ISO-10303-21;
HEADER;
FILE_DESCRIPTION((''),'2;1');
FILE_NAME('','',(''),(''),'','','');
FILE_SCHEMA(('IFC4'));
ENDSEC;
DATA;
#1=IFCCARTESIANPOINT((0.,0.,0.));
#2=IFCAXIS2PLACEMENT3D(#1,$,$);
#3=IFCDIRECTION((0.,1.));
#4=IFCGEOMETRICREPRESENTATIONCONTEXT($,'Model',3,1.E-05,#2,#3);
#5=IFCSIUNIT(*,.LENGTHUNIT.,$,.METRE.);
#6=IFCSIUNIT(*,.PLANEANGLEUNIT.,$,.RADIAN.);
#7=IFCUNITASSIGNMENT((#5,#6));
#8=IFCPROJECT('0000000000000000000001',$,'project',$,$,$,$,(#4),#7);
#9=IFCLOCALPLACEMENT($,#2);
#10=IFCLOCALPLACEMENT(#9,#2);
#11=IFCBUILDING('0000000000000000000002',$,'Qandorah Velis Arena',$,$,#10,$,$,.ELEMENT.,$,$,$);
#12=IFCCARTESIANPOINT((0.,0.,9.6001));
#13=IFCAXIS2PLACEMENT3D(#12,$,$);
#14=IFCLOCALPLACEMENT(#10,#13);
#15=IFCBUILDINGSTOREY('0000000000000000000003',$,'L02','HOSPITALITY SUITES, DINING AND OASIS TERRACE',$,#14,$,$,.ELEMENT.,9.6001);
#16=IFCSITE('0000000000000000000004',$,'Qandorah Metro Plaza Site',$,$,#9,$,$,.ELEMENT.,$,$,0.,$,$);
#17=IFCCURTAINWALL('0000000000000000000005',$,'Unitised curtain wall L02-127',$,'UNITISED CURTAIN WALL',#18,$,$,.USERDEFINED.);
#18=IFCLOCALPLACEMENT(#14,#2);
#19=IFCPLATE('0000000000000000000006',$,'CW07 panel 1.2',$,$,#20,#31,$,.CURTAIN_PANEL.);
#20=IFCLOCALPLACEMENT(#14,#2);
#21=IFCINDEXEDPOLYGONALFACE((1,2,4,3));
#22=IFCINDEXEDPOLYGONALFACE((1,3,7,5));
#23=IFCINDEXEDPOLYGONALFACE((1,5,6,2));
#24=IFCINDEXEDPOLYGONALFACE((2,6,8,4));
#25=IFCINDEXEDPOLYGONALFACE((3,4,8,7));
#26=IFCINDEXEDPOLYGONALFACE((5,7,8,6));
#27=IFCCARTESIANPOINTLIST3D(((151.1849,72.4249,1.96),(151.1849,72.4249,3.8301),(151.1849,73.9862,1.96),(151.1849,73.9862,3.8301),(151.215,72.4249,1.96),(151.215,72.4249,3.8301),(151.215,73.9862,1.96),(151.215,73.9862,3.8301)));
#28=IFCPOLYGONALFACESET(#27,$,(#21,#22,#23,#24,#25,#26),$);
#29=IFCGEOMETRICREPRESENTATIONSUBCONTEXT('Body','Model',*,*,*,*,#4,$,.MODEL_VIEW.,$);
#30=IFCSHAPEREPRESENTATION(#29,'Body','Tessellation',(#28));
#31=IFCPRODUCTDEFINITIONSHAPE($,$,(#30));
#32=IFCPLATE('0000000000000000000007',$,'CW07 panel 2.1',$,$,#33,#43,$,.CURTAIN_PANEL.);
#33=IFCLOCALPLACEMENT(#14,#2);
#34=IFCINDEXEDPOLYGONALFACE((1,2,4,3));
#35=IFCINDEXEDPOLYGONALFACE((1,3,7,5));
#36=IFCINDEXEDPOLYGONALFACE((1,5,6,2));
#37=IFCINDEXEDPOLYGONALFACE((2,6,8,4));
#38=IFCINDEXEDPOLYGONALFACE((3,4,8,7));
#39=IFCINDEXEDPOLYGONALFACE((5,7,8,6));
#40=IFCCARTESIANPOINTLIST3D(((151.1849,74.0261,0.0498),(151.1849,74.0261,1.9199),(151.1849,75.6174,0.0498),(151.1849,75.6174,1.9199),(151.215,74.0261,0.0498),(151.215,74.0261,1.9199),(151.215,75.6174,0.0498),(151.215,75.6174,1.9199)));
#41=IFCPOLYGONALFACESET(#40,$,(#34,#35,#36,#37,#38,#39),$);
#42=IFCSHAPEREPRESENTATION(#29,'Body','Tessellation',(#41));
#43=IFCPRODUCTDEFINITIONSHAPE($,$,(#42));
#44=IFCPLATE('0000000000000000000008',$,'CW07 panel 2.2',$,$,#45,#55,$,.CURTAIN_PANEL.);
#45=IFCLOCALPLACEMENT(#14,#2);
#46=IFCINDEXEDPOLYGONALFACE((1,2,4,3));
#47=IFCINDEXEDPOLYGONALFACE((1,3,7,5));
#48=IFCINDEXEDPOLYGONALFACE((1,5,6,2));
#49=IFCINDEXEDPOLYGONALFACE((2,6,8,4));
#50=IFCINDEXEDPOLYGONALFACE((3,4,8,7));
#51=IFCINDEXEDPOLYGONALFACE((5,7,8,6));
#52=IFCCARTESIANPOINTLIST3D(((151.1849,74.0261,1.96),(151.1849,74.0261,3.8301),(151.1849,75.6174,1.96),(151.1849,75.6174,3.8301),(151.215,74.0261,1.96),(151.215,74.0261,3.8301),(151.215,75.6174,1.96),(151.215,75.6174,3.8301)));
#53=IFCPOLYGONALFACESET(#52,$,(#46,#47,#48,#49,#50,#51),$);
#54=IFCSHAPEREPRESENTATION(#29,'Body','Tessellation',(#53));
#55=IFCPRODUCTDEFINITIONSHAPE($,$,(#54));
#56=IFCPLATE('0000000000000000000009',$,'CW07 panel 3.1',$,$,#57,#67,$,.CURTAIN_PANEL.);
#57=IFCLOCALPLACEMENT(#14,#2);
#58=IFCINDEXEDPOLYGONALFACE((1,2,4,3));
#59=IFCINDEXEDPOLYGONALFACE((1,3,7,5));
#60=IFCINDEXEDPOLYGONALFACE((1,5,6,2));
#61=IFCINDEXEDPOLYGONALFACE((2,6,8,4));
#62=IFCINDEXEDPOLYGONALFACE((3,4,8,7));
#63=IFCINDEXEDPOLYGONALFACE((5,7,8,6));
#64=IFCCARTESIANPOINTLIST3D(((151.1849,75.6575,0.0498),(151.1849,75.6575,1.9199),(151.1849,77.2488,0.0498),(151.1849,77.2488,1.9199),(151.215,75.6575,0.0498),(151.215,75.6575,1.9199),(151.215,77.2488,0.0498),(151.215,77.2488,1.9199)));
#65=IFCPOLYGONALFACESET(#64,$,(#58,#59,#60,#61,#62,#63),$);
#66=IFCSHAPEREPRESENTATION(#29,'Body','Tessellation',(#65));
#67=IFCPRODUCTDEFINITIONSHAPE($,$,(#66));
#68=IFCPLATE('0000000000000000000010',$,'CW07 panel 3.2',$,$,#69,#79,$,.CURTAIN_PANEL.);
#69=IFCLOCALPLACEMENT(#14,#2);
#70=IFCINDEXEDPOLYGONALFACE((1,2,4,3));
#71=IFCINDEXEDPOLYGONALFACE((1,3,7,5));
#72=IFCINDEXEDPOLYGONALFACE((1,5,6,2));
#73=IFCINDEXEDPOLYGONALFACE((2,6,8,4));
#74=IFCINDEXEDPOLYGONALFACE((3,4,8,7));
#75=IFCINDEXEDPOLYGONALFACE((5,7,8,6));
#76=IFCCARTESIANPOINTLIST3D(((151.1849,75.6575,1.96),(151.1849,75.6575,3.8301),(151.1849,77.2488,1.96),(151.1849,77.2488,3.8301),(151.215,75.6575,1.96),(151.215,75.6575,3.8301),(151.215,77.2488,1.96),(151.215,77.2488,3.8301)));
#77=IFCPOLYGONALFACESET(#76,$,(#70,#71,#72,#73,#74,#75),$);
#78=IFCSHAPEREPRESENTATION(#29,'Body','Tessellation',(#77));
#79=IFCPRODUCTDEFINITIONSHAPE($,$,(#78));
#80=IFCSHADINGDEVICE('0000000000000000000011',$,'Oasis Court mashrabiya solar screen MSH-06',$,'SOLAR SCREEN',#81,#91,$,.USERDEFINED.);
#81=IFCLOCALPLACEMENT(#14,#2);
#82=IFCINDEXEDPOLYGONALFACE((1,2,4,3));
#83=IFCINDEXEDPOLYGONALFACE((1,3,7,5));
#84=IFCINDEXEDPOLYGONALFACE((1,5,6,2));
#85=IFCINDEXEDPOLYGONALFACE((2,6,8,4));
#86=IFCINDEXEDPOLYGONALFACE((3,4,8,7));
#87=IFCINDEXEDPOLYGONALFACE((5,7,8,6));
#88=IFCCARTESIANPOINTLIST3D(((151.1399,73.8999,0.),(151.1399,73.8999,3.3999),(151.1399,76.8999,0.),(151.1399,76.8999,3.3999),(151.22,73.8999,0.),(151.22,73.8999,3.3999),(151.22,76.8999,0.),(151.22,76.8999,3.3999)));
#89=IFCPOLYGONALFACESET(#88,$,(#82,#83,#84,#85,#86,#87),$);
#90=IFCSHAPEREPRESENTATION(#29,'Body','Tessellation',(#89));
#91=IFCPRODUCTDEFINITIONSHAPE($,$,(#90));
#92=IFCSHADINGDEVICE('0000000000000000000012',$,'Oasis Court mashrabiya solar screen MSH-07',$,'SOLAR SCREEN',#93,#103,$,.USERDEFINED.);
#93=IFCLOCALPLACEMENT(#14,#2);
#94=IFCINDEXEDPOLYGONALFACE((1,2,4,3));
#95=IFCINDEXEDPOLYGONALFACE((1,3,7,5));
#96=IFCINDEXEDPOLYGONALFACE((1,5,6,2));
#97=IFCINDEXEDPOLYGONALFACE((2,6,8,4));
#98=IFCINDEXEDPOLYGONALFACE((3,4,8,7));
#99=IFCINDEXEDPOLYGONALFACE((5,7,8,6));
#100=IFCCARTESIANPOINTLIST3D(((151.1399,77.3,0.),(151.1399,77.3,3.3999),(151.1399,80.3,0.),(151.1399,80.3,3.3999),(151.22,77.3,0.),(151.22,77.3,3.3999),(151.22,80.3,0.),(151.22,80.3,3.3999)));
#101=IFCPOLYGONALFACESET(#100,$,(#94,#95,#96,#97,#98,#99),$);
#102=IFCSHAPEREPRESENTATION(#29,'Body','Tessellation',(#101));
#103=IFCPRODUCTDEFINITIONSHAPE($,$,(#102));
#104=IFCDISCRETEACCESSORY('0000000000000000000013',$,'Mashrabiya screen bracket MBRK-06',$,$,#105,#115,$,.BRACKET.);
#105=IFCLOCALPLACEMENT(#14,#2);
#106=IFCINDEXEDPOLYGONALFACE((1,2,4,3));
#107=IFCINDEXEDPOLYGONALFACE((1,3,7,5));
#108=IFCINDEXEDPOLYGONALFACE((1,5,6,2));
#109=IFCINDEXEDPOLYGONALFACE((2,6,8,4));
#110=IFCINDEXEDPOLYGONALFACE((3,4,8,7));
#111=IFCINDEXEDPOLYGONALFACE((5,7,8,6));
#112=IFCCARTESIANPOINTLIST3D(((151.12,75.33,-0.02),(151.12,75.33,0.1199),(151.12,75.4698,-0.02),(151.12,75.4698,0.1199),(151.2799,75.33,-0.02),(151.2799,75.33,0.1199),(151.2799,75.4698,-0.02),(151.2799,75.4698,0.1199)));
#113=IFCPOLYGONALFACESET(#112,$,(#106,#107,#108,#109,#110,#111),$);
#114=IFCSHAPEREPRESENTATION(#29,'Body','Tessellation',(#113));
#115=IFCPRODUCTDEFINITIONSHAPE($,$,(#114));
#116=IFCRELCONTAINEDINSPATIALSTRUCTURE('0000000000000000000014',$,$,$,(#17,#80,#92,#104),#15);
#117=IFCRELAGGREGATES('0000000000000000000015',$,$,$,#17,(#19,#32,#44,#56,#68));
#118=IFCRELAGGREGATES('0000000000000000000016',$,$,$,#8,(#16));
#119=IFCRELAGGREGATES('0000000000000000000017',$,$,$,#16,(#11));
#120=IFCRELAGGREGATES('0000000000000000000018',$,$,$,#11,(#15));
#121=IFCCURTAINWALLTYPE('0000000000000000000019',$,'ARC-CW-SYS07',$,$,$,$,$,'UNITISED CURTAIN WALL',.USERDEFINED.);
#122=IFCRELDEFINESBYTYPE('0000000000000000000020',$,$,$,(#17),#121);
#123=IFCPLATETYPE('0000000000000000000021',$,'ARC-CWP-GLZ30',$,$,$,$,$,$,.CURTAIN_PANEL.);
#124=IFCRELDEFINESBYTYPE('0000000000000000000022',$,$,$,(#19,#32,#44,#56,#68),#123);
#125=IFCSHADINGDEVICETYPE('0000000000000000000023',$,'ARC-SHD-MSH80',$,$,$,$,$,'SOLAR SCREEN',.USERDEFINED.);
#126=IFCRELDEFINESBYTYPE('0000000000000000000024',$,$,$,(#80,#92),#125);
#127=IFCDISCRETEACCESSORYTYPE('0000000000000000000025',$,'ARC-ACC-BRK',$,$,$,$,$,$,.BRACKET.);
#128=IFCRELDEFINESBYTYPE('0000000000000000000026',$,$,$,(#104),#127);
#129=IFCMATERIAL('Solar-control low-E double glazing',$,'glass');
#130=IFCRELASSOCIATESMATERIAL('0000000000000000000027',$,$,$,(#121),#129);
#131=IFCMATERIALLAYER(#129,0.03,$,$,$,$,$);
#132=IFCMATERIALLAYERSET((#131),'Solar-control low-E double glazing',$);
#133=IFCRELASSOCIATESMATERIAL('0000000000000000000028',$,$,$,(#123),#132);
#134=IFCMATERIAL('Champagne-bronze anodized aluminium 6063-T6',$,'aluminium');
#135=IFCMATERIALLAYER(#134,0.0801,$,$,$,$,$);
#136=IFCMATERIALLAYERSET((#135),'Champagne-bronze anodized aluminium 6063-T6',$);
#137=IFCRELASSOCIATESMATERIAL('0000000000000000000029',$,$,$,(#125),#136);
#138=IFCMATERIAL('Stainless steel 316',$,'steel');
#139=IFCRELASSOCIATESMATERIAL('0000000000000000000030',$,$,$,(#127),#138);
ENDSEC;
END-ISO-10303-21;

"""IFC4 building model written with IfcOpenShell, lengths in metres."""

from ifc_helpers import new_model, si_unit, direction, frame, origin, origin_2d, place, context, subcontext, project, spatial, rectangle, extrude, material, layer, layer_set, type_object, element, aggregate, save


model = new_model("IFC4")

# Units and contexts
model_context = context("Model", 3, precision=1e-05, world=origin(), true_north=direction((0.0, 1.0)))
body_context = subcontext(model_context, "Body", "Model", "MODEL_VIEW")
ifc_project = project(units=[si_unit("LENGTHUNIT", "METRE"), si_unit("PLANEANGLEUNIT", "RADIAN")], contexts=[model_context])

# Site, building, storey
site_placement = place(None, origin())
site = spatial("IfcSite", under=ifc_project, at=site_placement, Name="Qandorah Metro Plaza Site", CompositionType="ELEMENT", RefElevation=0.0)
building_placement = place(site_placement, origin())
building = spatial("IfcBuilding", under=site, at=building_placement, Name="Qandorah Velis Arena", CompositionType="ELEMENT")
storey_placement = place(building_placement, frame((0.0, 0.0, 9.6001)))
storey = spatial("IfcBuildingStorey", under=building, at=storey_placement, Name="L02", Description="HOSPITALITY SUITES, DINING AND OASIS TERRACE", CompositionType="ELEMENT", Elevation=9.6001)

# Curtain wall, plates
ifc_material_1 = material(Name="Solar-control low-E double glazing", Category="glass")
curtain_wall_type = type_object("IfcCurtainWallType", Name="ARC-CW-SYS07", ElementType="UNITISED CURTAIN WALL", PredefinedType="USERDEFINED", material=ifc_material_1)
curtain_wall_placement = place(storey_placement, origin())
curtain_wall = element("IfcCurtainWall", 1, at=curtain_wall_placement, inside=storey, type_object=curtain_wall_type, Name="Unitised curtain wall L02-127", ObjectType="UNITISED CURTAIN WALL", PredefinedType="USERDEFINED")
ifc_material_2 = material(Name="Champagne-bronze anodized aluminium 6063-T6", Category="aluminium")
ifc_layer_1 = layer(ifc_material_1, 0.03)
ifc_layer_set_1 = layer_set([ifc_layer_1], Name="Solar-control low-E double glazing")
plate_type = type_object("IfcPlateType", Name="ARC-CWP-GLZ30", PredefinedType="CURTAIN_PANEL", material=ifc_layer_set_1)
plate_1_placement = place(storey_placement, frame((151.2, 73.2056, 1.96), z_axis=(0.0, 0.0, 1.0), x_axis=(0.0, 1.0, 0.0)))
plate_1 = element("IfcPlate", 2, at=plate_1_placement, type_object=plate_type, Name="CW07 panel 1.2", PredefinedType="CURTAIN_PANEL", context=body_context, shape_type="SweptSolid", body=[
    extrude(rectangle(XDim=1.5613, YDim=0.03, at=origin_2d()), origin(), (0.0, 0.0, 1.0), 1.8701),
])
plate_2_placement = place(storey_placement, frame((151.2, 74.8218, 0.0498), z_axis=(0.0, 0.0, 1.0), x_axis=(0.0, 1.0, 0.0)))
plate_2 = element("IfcPlate", 3, at=plate_2_placement, type_object=plate_type, Name="CW07 panel 2.1", PredefinedType="CURTAIN_PANEL", context=body_context, shape_type="SweptSolid", body=[
    extrude(rectangle(XDim=1.5913, YDim=0.03, at=origin_2d()), origin(), (0.0, 0.0, 1.0), 1.8701),
])
plate_3_placement = place(storey_placement, frame((151.2, 74.8218, 1.96), z_axis=(0.0, 0.0, 1.0), x_axis=(0.0, 1.0, 0.0)))
plate_3 = element("IfcPlate", 4, at=plate_3_placement, type_object=plate_type, Name="CW07 panel 2.2", PredefinedType="CURTAIN_PANEL", context=body_context, shape_type="SweptSolid", body=[
    extrude(rectangle(XDim=1.5913, YDim=0.03, at=origin_2d()), origin(), (0.0, 0.0, 1.0), 1.8701),
])
plate_4_placement = place(storey_placement, frame((151.2, 76.4531, 0.0498), z_axis=(0.0, 0.0, 1.0), x_axis=(0.0, 1.0, 0.0)))
plate_4 = element("IfcPlate", 5, at=plate_4_placement, type_object=plate_type, Name="CW07 panel 3.1", PredefinedType="CURTAIN_PANEL", context=body_context, shape_type="SweptSolid", body=[
    extrude(rectangle(XDim=1.5913, YDim=0.03, at=origin_2d()), origin(), (0.0, 0.0, 1.0), 1.8701),
])
plate_5_placement = place(storey_placement, frame((151.2, 76.4531, 1.96), z_axis=(0.0, 0.0, 1.0), x_axis=(0.0, 1.0, 0.0)))
plate_5 = element("IfcPlate", 6, at=plate_5_placement, type_object=plate_type, Name="CW07 panel 3.2", PredefinedType="CURTAIN_PANEL", context=body_context, shape_type="SweptSolid", body=[
    extrude(rectangle(XDim=1.5913, YDim=0.03, at=origin_2d()), origin(), (0.0, 0.0, 1.0), 1.8701),
])
aggregate(curtain_wall, [plate_1, plate_2, plate_3, plate_4, plate_5])

# Shading devices
ifc_layer_2 = layer(ifc_material_2, 0.0801)
ifc_layer_set_2 = layer_set([ifc_layer_2], Name="Champagne-bronze anodized aluminium 6063-T6")
shading_device_type = type_object("IfcShadingDeviceType", Name="ARC-SHD-MSH80", ElementType="SOLAR SCREEN", PredefinedType="USERDEFINED", material=ifc_layer_set_2)
for number, where, z_axis, x_axis, name in (
    (7, (151.1799, 75.3999, 0.0), (0.0, 0.0, 1.0), (1.0, 0.0, 0.0), "Oasis Court mashrabiya solar screen MSH-06"),
    (8, (151.1799, 78.8, 0.0), (0.0, 0.0, 1.0), (1.0, 0.0, 0.0), "Oasis Court mashrabiya solar screen MSH-07"),
):
    element("IfcShadingDevice", number, at=place(storey_placement, frame(where, z_axis=z_axis, x_axis=x_axis)), inside=storey, type_object=shading_device_type, Name=name, ObjectType="SOLAR SCREEN", PredefinedType="USERDEFINED", context=body_context, shape_type="SweptSolid", body=[
        extrude(rectangle(XDim=0.0801, YDim=3.0, at=origin_2d()), origin(), (0.0, 0.0, 1.0), 3.3999),
    ])

# Discrete accessory
ifc_material_3 = material(Name="Stainless steel 316", Category="steel")
discrete_accessory_type = type_object("IfcDiscreteAccessoryType", Name="ARC-ACC-BRK", PredefinedType="BRACKET", material=ifc_material_3)
discrete_accessory_placement = place(storey_placement, frame((151.2, 75.3999, -0.02), z_axis=(0.0, 0.0, 1.0), x_axis=(1.0, 0.0, 0.0)))
element("IfcDiscreteAccessory", 9, at=discrete_accessory_placement, inside=storey, type_object=discrete_accessory_type, Name="Mashrabiya screen bracket MBRK-06", PredefinedType="BRACKET", context=body_context, shape_type="SweptSolid", body=[
    extrude(rectangle(XDim=0.1599, YDim=0.1399, at=origin_2d()), origin(), (0.0, 0.0, 1.0), 0.1399),
])

save(model, "model.ifc")
